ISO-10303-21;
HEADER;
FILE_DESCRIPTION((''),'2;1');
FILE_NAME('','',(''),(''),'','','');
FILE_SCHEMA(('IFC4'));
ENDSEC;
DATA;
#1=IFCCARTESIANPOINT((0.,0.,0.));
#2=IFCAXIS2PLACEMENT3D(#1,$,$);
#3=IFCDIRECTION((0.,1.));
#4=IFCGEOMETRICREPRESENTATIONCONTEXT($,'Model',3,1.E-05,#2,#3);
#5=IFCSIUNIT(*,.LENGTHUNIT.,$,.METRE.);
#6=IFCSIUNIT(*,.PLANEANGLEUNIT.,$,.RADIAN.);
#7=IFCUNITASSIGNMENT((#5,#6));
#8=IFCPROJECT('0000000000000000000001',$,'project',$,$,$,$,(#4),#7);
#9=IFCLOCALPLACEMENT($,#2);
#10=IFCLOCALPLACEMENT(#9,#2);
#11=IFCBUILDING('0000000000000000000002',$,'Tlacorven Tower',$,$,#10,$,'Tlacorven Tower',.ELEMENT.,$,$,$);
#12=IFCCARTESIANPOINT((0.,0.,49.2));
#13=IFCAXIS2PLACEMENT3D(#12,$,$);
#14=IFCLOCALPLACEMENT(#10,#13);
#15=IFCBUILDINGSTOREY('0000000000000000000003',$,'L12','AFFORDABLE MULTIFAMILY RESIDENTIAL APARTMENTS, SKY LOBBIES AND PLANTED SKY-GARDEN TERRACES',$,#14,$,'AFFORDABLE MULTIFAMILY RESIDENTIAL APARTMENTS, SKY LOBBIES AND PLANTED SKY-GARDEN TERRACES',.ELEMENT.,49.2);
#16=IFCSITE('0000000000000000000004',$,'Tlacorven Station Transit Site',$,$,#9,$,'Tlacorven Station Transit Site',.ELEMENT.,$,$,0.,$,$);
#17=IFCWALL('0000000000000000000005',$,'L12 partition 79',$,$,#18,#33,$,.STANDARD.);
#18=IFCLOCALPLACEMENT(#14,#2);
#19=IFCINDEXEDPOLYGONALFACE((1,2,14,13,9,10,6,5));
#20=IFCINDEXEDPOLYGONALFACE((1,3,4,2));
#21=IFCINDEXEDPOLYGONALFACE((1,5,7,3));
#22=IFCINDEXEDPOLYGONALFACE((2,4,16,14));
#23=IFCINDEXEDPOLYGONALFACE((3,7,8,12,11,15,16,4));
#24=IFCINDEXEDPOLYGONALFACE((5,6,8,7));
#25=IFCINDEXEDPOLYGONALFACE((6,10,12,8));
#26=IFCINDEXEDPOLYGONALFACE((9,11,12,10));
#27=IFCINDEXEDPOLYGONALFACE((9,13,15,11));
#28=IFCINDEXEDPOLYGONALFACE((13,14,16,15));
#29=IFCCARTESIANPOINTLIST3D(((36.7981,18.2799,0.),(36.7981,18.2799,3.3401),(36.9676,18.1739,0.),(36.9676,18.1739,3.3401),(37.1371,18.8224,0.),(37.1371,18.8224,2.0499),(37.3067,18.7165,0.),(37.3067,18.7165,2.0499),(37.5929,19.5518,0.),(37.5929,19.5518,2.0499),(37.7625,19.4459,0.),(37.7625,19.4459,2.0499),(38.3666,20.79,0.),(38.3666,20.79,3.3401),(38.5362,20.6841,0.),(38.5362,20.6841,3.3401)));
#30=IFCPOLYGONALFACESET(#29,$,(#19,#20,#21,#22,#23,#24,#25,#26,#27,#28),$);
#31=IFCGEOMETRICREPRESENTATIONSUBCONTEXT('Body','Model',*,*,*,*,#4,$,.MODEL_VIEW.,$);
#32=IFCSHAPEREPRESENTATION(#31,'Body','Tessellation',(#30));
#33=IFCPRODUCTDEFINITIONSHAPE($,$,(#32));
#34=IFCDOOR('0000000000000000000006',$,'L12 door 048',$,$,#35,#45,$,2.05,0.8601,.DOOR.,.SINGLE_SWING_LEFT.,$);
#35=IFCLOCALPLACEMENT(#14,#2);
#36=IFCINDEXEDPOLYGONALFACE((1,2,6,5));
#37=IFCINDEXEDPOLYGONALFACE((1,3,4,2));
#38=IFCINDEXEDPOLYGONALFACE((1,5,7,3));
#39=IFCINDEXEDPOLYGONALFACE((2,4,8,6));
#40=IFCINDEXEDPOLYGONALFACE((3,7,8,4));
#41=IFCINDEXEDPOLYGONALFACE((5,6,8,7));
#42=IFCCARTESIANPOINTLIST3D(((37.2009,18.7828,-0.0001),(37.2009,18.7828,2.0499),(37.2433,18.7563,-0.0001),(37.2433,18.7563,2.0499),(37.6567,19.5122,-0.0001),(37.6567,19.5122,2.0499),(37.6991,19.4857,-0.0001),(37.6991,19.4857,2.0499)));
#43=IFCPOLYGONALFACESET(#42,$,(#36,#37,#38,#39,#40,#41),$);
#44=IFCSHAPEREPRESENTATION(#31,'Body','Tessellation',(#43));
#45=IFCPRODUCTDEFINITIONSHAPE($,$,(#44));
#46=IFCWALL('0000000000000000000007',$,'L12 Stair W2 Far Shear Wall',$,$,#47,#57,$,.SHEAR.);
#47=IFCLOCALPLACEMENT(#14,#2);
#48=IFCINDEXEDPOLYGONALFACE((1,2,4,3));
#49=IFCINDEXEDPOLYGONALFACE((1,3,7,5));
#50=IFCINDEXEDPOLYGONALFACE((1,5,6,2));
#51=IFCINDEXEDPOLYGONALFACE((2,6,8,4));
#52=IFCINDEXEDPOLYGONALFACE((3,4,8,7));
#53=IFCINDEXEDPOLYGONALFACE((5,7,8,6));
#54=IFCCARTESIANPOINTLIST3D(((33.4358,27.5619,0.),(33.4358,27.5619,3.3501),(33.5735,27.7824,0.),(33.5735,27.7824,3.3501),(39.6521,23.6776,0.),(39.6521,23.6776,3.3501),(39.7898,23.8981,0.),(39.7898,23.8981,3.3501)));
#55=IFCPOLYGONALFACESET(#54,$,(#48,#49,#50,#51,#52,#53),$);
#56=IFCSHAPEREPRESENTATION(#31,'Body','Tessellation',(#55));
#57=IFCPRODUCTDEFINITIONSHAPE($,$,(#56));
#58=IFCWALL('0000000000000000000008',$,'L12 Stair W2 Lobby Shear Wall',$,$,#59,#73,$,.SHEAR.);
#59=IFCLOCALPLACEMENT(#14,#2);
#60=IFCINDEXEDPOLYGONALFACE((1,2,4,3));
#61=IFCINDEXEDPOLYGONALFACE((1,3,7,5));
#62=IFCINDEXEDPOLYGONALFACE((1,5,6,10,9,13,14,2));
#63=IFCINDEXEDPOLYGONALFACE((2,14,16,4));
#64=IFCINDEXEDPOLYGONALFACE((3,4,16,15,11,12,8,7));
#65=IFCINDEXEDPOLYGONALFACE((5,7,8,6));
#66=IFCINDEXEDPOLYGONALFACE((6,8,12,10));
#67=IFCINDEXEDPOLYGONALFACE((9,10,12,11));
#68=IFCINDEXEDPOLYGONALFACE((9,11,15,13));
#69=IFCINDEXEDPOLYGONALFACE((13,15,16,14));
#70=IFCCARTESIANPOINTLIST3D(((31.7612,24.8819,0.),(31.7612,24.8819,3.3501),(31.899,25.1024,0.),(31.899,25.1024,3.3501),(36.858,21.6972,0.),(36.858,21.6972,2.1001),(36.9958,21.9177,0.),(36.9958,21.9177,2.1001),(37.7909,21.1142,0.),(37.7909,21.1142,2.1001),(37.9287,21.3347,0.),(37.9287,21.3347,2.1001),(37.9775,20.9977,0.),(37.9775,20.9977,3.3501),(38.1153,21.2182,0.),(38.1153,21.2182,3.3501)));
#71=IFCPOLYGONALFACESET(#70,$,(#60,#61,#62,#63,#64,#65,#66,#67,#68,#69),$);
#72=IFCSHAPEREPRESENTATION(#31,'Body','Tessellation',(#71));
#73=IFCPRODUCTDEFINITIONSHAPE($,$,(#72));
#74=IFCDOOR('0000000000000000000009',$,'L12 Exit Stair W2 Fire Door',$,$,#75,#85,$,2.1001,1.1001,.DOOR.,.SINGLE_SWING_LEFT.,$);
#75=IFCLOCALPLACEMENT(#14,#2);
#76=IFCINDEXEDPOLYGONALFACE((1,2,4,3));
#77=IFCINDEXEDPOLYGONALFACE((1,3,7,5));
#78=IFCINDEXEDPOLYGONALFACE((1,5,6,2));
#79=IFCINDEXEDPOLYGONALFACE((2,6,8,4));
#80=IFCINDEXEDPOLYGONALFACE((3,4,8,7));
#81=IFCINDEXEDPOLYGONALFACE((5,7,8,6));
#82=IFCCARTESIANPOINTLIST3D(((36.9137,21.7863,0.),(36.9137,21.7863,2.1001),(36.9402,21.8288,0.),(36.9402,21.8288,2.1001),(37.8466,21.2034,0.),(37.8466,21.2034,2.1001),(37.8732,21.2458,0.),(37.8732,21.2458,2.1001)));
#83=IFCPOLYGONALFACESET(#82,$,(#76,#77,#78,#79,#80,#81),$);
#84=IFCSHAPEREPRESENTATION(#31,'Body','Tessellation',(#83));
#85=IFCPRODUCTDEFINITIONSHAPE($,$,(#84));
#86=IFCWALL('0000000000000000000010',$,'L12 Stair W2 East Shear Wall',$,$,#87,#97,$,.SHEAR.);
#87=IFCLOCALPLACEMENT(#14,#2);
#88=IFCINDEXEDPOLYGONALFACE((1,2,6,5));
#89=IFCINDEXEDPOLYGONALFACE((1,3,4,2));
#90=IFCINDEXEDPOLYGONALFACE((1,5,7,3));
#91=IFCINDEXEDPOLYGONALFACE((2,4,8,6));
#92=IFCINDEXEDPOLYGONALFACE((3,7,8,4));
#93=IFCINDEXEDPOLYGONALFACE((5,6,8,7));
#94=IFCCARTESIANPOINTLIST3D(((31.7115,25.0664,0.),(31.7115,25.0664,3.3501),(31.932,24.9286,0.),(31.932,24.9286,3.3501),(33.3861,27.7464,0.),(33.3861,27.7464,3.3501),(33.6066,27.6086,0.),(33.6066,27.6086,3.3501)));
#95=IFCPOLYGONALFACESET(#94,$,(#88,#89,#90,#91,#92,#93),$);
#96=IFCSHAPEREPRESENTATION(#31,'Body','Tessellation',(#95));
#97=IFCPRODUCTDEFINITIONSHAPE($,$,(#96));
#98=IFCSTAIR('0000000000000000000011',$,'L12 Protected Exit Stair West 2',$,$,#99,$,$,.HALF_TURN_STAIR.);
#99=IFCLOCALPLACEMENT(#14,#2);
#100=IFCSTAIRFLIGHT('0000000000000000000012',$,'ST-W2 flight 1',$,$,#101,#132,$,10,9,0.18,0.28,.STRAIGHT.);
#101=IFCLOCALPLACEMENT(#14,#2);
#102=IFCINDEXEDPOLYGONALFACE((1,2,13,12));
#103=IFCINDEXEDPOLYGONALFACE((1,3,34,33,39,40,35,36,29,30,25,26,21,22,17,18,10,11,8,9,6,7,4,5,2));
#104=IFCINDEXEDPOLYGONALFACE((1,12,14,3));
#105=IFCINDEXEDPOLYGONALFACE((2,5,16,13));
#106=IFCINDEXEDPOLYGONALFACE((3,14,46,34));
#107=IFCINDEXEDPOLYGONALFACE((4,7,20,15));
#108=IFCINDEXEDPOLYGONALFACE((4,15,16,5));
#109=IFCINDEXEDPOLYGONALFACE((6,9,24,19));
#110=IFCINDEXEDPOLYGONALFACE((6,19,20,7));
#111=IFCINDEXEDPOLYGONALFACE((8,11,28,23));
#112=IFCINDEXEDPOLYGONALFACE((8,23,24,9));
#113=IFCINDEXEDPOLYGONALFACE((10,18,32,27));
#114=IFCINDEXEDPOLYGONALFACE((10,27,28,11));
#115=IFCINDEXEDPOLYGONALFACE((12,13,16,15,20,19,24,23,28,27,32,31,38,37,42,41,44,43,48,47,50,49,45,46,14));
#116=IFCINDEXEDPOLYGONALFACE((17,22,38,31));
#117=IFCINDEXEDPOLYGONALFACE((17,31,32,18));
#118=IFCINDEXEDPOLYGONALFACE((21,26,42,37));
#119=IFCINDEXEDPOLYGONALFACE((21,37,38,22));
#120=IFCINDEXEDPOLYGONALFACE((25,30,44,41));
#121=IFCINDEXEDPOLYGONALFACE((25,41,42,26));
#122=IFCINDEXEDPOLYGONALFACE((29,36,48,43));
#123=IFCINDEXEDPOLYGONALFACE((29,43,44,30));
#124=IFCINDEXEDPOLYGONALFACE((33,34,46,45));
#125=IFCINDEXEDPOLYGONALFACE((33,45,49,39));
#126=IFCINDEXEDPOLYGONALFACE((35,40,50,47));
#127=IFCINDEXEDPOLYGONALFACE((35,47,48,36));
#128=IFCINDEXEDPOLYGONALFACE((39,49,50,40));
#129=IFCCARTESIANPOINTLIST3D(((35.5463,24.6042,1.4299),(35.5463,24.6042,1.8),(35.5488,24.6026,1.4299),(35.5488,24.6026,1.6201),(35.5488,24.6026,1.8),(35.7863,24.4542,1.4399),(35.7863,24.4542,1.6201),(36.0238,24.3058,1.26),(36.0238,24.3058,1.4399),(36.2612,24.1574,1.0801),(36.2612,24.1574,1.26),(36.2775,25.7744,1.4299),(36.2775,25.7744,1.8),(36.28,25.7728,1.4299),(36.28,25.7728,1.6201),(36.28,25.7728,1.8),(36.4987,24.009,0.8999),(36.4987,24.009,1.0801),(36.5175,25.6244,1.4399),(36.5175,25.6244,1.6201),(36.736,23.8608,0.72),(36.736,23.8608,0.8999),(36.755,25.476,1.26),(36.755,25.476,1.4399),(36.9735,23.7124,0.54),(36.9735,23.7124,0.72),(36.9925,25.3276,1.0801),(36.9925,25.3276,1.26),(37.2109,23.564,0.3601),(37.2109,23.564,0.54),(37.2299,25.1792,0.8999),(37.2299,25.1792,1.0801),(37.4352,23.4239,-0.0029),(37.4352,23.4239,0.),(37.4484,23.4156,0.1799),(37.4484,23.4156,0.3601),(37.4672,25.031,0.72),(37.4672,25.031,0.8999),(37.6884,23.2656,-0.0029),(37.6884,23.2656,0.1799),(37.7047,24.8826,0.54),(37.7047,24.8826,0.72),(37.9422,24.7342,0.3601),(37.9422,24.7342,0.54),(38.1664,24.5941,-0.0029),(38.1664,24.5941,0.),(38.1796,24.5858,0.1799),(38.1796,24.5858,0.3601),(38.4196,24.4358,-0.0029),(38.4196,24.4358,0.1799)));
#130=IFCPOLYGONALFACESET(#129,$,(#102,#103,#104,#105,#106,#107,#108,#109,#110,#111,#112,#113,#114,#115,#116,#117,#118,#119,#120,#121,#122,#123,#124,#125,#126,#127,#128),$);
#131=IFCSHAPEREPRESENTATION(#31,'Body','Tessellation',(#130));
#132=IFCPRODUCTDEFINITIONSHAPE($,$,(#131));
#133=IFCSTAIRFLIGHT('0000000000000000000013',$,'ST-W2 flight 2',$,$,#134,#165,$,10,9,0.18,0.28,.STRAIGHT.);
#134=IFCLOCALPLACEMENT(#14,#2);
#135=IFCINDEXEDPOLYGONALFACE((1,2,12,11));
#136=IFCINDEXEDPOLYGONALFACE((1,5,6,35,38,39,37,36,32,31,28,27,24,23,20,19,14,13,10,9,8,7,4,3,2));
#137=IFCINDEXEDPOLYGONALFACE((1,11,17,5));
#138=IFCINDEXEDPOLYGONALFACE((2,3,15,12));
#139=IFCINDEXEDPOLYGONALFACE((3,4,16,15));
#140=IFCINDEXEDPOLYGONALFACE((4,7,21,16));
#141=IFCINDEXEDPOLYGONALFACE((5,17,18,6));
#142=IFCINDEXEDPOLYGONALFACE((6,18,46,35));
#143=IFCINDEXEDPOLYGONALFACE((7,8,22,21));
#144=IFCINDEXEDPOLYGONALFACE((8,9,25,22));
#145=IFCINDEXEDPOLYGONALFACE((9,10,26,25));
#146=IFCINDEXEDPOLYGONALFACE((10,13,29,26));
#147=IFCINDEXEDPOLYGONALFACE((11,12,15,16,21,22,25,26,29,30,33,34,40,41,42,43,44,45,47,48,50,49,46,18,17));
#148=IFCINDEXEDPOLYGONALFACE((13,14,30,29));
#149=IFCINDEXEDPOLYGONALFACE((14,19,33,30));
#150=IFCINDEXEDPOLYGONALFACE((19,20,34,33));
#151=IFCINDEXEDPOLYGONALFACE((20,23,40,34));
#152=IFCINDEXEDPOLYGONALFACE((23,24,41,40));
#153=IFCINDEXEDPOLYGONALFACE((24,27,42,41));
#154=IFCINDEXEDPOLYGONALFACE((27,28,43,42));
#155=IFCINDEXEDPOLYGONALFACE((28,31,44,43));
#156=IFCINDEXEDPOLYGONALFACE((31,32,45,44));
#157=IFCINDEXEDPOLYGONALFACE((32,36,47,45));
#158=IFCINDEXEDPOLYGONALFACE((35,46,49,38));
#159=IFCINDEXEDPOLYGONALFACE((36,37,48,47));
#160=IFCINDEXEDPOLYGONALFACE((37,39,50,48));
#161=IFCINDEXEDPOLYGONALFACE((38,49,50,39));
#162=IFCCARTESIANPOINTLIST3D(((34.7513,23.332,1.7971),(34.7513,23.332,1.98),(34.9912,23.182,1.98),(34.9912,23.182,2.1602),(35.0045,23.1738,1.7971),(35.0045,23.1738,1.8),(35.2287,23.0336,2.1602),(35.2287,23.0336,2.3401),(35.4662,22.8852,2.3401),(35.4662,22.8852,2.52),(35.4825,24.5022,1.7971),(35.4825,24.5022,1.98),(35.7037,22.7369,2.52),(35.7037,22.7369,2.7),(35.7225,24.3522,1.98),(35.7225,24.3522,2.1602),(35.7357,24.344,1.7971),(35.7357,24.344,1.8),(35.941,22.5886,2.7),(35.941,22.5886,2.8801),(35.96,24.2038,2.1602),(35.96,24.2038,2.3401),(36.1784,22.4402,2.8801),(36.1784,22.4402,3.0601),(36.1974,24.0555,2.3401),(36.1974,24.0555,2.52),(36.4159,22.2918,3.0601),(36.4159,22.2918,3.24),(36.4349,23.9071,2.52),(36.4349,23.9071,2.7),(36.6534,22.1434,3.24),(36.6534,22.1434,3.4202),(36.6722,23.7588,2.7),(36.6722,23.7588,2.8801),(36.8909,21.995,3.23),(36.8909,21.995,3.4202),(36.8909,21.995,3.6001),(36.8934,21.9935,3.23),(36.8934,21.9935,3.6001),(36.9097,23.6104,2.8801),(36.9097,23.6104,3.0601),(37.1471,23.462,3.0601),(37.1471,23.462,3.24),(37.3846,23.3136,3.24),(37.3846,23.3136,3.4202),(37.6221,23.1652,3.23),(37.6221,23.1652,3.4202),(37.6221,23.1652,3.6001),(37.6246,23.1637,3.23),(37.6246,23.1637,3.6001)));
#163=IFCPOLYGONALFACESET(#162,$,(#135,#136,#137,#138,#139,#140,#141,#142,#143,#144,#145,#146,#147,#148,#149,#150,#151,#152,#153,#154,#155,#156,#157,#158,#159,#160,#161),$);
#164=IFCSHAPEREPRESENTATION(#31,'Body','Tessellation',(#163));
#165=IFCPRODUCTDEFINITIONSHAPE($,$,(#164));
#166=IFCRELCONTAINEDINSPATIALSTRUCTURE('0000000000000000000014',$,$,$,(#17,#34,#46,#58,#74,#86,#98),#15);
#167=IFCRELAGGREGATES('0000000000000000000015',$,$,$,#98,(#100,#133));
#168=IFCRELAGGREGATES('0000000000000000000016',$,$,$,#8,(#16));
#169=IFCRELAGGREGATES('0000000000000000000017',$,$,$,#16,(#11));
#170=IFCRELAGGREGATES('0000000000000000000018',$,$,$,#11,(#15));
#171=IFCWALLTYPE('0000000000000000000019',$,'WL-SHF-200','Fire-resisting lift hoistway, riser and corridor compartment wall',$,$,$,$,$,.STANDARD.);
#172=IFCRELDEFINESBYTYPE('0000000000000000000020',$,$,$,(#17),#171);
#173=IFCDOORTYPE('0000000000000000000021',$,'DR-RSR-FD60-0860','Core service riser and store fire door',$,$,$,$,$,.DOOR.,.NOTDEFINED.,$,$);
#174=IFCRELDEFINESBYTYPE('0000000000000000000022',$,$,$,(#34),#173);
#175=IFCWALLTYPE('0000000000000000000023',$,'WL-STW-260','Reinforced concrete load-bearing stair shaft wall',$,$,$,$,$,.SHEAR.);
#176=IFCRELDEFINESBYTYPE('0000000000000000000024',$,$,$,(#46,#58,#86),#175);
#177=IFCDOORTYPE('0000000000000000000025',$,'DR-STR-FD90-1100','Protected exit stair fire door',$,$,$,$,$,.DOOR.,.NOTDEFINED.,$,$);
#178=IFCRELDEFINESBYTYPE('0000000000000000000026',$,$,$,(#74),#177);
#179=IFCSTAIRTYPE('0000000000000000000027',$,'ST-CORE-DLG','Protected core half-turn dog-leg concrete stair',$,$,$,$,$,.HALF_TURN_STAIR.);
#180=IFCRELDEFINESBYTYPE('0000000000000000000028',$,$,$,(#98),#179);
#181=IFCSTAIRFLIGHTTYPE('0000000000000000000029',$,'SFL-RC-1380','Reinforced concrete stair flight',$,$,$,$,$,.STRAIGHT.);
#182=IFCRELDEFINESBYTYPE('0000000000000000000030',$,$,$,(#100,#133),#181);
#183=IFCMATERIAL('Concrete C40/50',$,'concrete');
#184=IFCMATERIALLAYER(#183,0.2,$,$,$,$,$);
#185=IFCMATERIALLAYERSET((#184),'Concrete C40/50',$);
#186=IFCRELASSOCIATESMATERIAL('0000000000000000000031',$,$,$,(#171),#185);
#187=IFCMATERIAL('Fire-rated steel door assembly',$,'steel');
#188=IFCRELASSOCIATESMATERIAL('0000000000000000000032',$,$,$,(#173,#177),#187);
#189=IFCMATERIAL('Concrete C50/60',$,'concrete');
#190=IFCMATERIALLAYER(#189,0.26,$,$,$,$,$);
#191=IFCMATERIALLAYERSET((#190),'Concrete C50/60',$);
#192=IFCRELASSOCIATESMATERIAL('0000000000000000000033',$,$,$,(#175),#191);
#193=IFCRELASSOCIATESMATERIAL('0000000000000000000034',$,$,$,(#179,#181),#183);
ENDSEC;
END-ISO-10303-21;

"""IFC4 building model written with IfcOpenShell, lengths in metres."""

from ifc_helpers import new_model, si_unit, direction, frame, frame_2d, origin, place, context, subcontext, project, spatial, polyline, rectangle, outline, extrude, source, transform, mapped, material, layer, layer_set, type_object, element, fill, aggregate, save


model = new_model("IFC4")

# Units and contexts
model_context = context("Model", 3, precision=1e-05, world=origin(), true_north=direction((0.0, 1.0)))
body_context = subcontext(model_context, "Body", "Model", "MODEL_VIEW")
ifc_project = project(units=[si_unit("LENGTHUNIT", "METRE"), si_unit("PLANEANGLEUNIT", "RADIAN")], contexts=[model_context])

# Site, building, storey
site_placement = place(None, origin())
site = spatial("IfcSite", under=ifc_project, at=site_placement, Name="Tlacorven Station Transit Site", LongName="Tlacorven Station Transit Site", CompositionType="ELEMENT", RefElevation=0.0)
building_placement = place(site_placement, origin())
building = spatial("IfcBuilding", under=site, at=building_placement, Name="Tlacorven Tower", LongName="Tlacorven Tower", CompositionType="ELEMENT")
storey_placement = place(building_placement, frame((0.0, 0.0, 49.2)))
storey = spatial("IfcBuildingStorey", under=building, at=storey_placement, Name="L12", Description="AFFORDABLE MULTIFAMILY RESIDENTIAL APARTMENTS, SKY LOBBIES AND PLANTED SKY-GARDEN TERRACES", LongName="AFFORDABLE MULTIFAMILY RESIDENTIAL APARTMENTS, SKY LOBBIES AND PLANTED SKY-GARDEN TERRACES", CompositionType="ELEMENT", Elevation=49.2)

# Wall, opening, door
ifc_material_1 = material(Name="Concrete C40/50", Category="concrete")
ifc_layer_1 = layer(ifc_material_1, 0.2)
ifc_layer_set_1 = layer_set([ifc_layer_1], Name="Concrete C40/50")
wall_type_1 = type_object("IfcWallType", Name="WL-SHF-200", Description="Fire-resisting lift hoistway, riser and corridor compartment wall", PredefinedType="STANDARD", material=ifc_layer_set_1)
wall_1_placement = place(storey_placement, frame((38.4514, 20.7371, 0.0), z_axis=(0.0, 0.0, 1.0), x_axis=(-0.529925, -0.848045, 0.0)))
wall_1 = element("IfcWall", 1, at=wall_1_placement, inside=storey, type_object=wall_type_1, Name="L12 partition 79", PredefinedType="STANDARD", context=body_context, shape_type="SweptSolid", body=[
    extrude(rectangle(XDim=2.96, YDim=0.2, at=frame_2d((1.48, 0.0))), origin(), (0.0, 0.0, 1.0), 3.3401),
])
opening_1_placement = place(wall_1_placement, frame((1.46, 0.0, 0.0)))
opening_1 = element("IfcOpeningElement", 2, at=opening_1_placement, cuts=wall_1, PredefinedType="OPENING", context=body_context, shape_type="SweptSolid", body=[
    extrude(rectangle(XDim=0.8601, YDim=2.05, at=frame_2d((0.4302, 1.0249))), frame((0.0, 0.1099, 0.0), z_axis=(0.0, -1.0, 0.0), x_axis=(1.0, 0.0, 0.0)), (0.0, 0.0, 1.0), 0.22),
])
ifc_material_2 = material(Name="Fire-rated steel door assembly", Category="steel")
door_type_1 = type_object("IfcDoorType", Name="DR-RSR-FD60-0860", Description="Core service riser and store fire door", OperationType="NOTDEFINED", PredefinedType="DOOR", material=ifc_material_2)
shared_shape_1 = source(origin(), body_context, "Body", "SweptSolid", [
    extrude(rectangle(XDim=0.8601, YDim=2.05, at=frame_2d((0.4302, 1.0249))), frame((0.0, 0.0249, 0.0), z_axis=(0.0, -1.0, 0.0), x_axis=(1.0, 0.0, 0.0)), (0.0, 0.0, 1.0), 0.05),
])
door_1_placement = place(opening_1_placement, frame((0.8601, 0.0, 0.0), z_axis=(0.0, 0.0, 1.0), x_axis=(-1.0, 0.0, 0.0)))
door_1 = element("IfcDoor", 3, at=door_1_placement, inside=storey, type_object=door_type_1, Name="L12 door 048", OperationType="SINGLE_SWING_LEFT", OverallHeight=2.05, OverallWidth=0.8601, PredefinedType="DOOR", context=body_context, shape_type="MappedRepresentation", body=[
    mapped(shared_shape_1, transform((0.0, 0.0, 0.0), scale=1.0)),
])
fill(opening_1, door_1)

# Wall
ifc_material_3 = material(Name="Concrete C50/60", Category="concrete")
ifc_layer_2 = layer(ifc_material_3, 0.26)
ifc_layer_set_2 = layer_set([ifc_layer_2], Name="Concrete C50/60")
wall_type_2 = type_object("IfcWallType", Name="WL-STW-260", Description="Reinforced concrete load-bearing stair shaft wall", PredefinedType="SHEAR", material=ifc_layer_set_2)
wall_2_placement = place(storey_placement, frame((39.7209, 23.7878, 0.0), z_axis=(0.0, 0.0, 1.0), x_axis=(-0.848054, 0.529909, 0.0)))
element("IfcWall", 4, at=wall_2_placement, inside=storey, type_object=wall_type_2, Name="L12 Stair W2 Far Shear Wall", PredefinedType="SHEAR", context=body_context, shape_type="SweptSolid", body=[
    extrude(rectangle(XDim=7.3301, YDim=0.26, at=frame_2d((3.665, 0.0))), origin(), (0.0, 0.0, 1.0), 3.3501),
])

# Wall, opening, door
wall_3_placement = place(storey_placement, frame((38.0464, 21.1079, 0.0), z_axis=(0.0, 0.0, 1.0), x_axis=(-0.848054, 0.529909, 0.0)))
wall_3 = element("IfcWall", 5, at=wall_3_placement, inside=storey, type_object=wall_type_2, Name="L12 Stair W2 Lobby Shear Wall", PredefinedType="SHEAR", context=body_context, shape_type="SweptSolid", body=[
    extrude(rectangle(XDim=7.3301, YDim=0.26, at=frame_2d((3.665, 0.0))), origin(), (0.0, 0.0, 1.0), 3.3501),
])
opening_2_placement = place(wall_3_placement, frame((0.22, 0.0, 0.0)))
opening_2 = element("IfcOpeningElement", 6, at=opening_2_placement, cuts=wall_3, PredefinedType="OPENING", context=body_context, shape_type="SweptSolid", body=[
    extrude(rectangle(XDim=1.1001, YDim=2.1001, at=frame_2d((0.55, 1.05))), frame((0.0, 0.1401, 0.0), z_axis=(0.0, -1.0, 0.0), x_axis=(1.0, 0.0, 0.0)), (0.0, 0.0, 1.0), 0.28),
])
door_type_2 = type_object("IfcDoorType", Name="DR-STR-FD90-1100", Description="Protected exit stair fire door", OperationType="NOTDEFINED", PredefinedType="DOOR", material=ifc_material_2)
shared_shape_2 = source(origin(), body_context, "Body", "SweptSolid", [
    extrude(rectangle(XDim=1.1001, YDim=2.1001, at=frame_2d((0.55, 1.05))), frame((0.0, 0.0249, 0.0), z_axis=(0.0, -1.0, 0.0), x_axis=(1.0, 0.0, 0.0)), (0.0, 0.0, 1.0), 0.05),
])
door_2_placement = place(opening_2_placement, origin())
door_2 = element("IfcDoor", 7, at=door_2_placement, inside=storey, type_object=door_type_2, Name="L12 Exit Stair W2 Fire Door", OperationType="SINGLE_SWING_LEFT", OverallHeight=2.1001, OverallWidth=1.1001, PredefinedType="DOOR", context=body_context, shape_type="MappedRepresentation", body=[
    mapped(shared_shape_2, transform((0.0, 0.0, 0.0), scale=1.0)),
])
fill(opening_2, door_2)

# Wall
wall_4_placement = place(storey_placement, frame((33.4963, 27.6775, 0.0), z_axis=(0.0, 0.0, 1.0), x_axis=(-0.529909, -0.848055, 0.0)))
element("IfcWall", 8, at=wall_4_placement, inside=storey, type_object=wall_type_2, Name="L12 Stair W2 East Shear Wall", PredefinedType="SHEAR", context=body_context, shape_type="SweptSolid", body=[
    extrude(rectangle(XDim=3.1602, YDim=0.26, at=frame_2d((1.5801, 0.0))), origin(), (0.0, 0.0, 1.0), 3.3501),
])

# Stair, stair flights
stair_type = type_object("IfcStairType", Name="ST-CORE-DLG", Description="Protected core half-turn dog-leg concrete stair", PredefinedType="HALF_TURN_STAIR", material=ifc_material_1)
stair_placement = place(storey_placement, origin())
stair = element("IfcStair", 9, at=stair_placement, inside=storey, type_object=stair_type, Name="L12 Protected Exit Stair West 2", PredefinedType="HALF_TURN_STAIR")
stair_flight_type = type_object("IfcStairFlightType", Name="SFL-RC-1380", Description="Reinforced concrete stair flight", PredefinedType="STRAIGHT", material=ifc_material_1)
shared_shape_3 = source(origin(), body_context, "Body", "SweptSolid", [
    extrude(outline(polyline([(-0.0029, -0.0029), (-0.0029, 0.1799), (0.28, 0.1799), (0.28, 0.3601), (0.5601, 0.3601), (0.5601, 0.54), (0.8401, 0.54), (0.8401, 0.72), (1.1201, 0.72), (1.1201, 0.8999), (1.3999, 0.8999), (1.3999, 1.0801), (1.6799, 1.0801), (1.6799, 1.26), (1.96, 1.26), (1.96, 1.4399), (2.24, 1.4399), (2.24, 1.6201), (2.52, 1.6201), (2.52, 1.8), (2.5229, 1.8), (2.5229, 1.4299), (2.52, 1.4299), (0.2957, 0.0), (0.2957, -0.0029), (-0.0029, -0.0029)])), frame((0.0, 0.6899, 0.0), z_axis=(0.0, -1.0, 0.0), x_axis=(1.0, 0.0, 0.0)), (0.0, 0.0, 1.0), 1.3799),
])
stair_flight_1_placement = place(storey_placement, frame((38.0515, 23.8523, 0.0), z_axis=(0.0, 0.0, 1.0), x_axis=(-0.848048, 0.529919, 0.0)))
stair_flight_1 = element("IfcStairFlight", 10, at=stair_flight_1_placement, type_object=stair_flight_type, Name="ST-W2 flight 1", NumberOfRisers=10, NumberOfTreads=9, PredefinedType="STRAIGHT", RiserHeight=0.18, TreadLength=0.28, context=body_context, shape_type="MappedRepresentation", body=[
    mapped(shared_shape_3, transform((0.0, 0.0, 0.0), scale=1.0)),
])
stair_flight_2_placement = place(storey_placement, frame((35.1194, 23.9155, 1.8), z_axis=(0.0, 0.0, 1.0), x_axis=(0.848048, -0.529919, 0.0)))
stair_flight_2 = element("IfcStairFlight", 11, at=stair_flight_2_placement, type_object=stair_flight_type, Name="ST-W2 flight 2", NumberOfRisers=10, NumberOfTreads=9, PredefinedType="STRAIGHT", RiserHeight=0.18, TreadLength=0.28, context=body_context, shape_type="MappedRepresentation", body=[
    mapped(shared_shape_3, transform((0.0, 0.0, 0.0), scale=1.0)),
])
aggregate(stair, [stair_flight_1, stair_flight_2])

save(model, "model.ifc")
